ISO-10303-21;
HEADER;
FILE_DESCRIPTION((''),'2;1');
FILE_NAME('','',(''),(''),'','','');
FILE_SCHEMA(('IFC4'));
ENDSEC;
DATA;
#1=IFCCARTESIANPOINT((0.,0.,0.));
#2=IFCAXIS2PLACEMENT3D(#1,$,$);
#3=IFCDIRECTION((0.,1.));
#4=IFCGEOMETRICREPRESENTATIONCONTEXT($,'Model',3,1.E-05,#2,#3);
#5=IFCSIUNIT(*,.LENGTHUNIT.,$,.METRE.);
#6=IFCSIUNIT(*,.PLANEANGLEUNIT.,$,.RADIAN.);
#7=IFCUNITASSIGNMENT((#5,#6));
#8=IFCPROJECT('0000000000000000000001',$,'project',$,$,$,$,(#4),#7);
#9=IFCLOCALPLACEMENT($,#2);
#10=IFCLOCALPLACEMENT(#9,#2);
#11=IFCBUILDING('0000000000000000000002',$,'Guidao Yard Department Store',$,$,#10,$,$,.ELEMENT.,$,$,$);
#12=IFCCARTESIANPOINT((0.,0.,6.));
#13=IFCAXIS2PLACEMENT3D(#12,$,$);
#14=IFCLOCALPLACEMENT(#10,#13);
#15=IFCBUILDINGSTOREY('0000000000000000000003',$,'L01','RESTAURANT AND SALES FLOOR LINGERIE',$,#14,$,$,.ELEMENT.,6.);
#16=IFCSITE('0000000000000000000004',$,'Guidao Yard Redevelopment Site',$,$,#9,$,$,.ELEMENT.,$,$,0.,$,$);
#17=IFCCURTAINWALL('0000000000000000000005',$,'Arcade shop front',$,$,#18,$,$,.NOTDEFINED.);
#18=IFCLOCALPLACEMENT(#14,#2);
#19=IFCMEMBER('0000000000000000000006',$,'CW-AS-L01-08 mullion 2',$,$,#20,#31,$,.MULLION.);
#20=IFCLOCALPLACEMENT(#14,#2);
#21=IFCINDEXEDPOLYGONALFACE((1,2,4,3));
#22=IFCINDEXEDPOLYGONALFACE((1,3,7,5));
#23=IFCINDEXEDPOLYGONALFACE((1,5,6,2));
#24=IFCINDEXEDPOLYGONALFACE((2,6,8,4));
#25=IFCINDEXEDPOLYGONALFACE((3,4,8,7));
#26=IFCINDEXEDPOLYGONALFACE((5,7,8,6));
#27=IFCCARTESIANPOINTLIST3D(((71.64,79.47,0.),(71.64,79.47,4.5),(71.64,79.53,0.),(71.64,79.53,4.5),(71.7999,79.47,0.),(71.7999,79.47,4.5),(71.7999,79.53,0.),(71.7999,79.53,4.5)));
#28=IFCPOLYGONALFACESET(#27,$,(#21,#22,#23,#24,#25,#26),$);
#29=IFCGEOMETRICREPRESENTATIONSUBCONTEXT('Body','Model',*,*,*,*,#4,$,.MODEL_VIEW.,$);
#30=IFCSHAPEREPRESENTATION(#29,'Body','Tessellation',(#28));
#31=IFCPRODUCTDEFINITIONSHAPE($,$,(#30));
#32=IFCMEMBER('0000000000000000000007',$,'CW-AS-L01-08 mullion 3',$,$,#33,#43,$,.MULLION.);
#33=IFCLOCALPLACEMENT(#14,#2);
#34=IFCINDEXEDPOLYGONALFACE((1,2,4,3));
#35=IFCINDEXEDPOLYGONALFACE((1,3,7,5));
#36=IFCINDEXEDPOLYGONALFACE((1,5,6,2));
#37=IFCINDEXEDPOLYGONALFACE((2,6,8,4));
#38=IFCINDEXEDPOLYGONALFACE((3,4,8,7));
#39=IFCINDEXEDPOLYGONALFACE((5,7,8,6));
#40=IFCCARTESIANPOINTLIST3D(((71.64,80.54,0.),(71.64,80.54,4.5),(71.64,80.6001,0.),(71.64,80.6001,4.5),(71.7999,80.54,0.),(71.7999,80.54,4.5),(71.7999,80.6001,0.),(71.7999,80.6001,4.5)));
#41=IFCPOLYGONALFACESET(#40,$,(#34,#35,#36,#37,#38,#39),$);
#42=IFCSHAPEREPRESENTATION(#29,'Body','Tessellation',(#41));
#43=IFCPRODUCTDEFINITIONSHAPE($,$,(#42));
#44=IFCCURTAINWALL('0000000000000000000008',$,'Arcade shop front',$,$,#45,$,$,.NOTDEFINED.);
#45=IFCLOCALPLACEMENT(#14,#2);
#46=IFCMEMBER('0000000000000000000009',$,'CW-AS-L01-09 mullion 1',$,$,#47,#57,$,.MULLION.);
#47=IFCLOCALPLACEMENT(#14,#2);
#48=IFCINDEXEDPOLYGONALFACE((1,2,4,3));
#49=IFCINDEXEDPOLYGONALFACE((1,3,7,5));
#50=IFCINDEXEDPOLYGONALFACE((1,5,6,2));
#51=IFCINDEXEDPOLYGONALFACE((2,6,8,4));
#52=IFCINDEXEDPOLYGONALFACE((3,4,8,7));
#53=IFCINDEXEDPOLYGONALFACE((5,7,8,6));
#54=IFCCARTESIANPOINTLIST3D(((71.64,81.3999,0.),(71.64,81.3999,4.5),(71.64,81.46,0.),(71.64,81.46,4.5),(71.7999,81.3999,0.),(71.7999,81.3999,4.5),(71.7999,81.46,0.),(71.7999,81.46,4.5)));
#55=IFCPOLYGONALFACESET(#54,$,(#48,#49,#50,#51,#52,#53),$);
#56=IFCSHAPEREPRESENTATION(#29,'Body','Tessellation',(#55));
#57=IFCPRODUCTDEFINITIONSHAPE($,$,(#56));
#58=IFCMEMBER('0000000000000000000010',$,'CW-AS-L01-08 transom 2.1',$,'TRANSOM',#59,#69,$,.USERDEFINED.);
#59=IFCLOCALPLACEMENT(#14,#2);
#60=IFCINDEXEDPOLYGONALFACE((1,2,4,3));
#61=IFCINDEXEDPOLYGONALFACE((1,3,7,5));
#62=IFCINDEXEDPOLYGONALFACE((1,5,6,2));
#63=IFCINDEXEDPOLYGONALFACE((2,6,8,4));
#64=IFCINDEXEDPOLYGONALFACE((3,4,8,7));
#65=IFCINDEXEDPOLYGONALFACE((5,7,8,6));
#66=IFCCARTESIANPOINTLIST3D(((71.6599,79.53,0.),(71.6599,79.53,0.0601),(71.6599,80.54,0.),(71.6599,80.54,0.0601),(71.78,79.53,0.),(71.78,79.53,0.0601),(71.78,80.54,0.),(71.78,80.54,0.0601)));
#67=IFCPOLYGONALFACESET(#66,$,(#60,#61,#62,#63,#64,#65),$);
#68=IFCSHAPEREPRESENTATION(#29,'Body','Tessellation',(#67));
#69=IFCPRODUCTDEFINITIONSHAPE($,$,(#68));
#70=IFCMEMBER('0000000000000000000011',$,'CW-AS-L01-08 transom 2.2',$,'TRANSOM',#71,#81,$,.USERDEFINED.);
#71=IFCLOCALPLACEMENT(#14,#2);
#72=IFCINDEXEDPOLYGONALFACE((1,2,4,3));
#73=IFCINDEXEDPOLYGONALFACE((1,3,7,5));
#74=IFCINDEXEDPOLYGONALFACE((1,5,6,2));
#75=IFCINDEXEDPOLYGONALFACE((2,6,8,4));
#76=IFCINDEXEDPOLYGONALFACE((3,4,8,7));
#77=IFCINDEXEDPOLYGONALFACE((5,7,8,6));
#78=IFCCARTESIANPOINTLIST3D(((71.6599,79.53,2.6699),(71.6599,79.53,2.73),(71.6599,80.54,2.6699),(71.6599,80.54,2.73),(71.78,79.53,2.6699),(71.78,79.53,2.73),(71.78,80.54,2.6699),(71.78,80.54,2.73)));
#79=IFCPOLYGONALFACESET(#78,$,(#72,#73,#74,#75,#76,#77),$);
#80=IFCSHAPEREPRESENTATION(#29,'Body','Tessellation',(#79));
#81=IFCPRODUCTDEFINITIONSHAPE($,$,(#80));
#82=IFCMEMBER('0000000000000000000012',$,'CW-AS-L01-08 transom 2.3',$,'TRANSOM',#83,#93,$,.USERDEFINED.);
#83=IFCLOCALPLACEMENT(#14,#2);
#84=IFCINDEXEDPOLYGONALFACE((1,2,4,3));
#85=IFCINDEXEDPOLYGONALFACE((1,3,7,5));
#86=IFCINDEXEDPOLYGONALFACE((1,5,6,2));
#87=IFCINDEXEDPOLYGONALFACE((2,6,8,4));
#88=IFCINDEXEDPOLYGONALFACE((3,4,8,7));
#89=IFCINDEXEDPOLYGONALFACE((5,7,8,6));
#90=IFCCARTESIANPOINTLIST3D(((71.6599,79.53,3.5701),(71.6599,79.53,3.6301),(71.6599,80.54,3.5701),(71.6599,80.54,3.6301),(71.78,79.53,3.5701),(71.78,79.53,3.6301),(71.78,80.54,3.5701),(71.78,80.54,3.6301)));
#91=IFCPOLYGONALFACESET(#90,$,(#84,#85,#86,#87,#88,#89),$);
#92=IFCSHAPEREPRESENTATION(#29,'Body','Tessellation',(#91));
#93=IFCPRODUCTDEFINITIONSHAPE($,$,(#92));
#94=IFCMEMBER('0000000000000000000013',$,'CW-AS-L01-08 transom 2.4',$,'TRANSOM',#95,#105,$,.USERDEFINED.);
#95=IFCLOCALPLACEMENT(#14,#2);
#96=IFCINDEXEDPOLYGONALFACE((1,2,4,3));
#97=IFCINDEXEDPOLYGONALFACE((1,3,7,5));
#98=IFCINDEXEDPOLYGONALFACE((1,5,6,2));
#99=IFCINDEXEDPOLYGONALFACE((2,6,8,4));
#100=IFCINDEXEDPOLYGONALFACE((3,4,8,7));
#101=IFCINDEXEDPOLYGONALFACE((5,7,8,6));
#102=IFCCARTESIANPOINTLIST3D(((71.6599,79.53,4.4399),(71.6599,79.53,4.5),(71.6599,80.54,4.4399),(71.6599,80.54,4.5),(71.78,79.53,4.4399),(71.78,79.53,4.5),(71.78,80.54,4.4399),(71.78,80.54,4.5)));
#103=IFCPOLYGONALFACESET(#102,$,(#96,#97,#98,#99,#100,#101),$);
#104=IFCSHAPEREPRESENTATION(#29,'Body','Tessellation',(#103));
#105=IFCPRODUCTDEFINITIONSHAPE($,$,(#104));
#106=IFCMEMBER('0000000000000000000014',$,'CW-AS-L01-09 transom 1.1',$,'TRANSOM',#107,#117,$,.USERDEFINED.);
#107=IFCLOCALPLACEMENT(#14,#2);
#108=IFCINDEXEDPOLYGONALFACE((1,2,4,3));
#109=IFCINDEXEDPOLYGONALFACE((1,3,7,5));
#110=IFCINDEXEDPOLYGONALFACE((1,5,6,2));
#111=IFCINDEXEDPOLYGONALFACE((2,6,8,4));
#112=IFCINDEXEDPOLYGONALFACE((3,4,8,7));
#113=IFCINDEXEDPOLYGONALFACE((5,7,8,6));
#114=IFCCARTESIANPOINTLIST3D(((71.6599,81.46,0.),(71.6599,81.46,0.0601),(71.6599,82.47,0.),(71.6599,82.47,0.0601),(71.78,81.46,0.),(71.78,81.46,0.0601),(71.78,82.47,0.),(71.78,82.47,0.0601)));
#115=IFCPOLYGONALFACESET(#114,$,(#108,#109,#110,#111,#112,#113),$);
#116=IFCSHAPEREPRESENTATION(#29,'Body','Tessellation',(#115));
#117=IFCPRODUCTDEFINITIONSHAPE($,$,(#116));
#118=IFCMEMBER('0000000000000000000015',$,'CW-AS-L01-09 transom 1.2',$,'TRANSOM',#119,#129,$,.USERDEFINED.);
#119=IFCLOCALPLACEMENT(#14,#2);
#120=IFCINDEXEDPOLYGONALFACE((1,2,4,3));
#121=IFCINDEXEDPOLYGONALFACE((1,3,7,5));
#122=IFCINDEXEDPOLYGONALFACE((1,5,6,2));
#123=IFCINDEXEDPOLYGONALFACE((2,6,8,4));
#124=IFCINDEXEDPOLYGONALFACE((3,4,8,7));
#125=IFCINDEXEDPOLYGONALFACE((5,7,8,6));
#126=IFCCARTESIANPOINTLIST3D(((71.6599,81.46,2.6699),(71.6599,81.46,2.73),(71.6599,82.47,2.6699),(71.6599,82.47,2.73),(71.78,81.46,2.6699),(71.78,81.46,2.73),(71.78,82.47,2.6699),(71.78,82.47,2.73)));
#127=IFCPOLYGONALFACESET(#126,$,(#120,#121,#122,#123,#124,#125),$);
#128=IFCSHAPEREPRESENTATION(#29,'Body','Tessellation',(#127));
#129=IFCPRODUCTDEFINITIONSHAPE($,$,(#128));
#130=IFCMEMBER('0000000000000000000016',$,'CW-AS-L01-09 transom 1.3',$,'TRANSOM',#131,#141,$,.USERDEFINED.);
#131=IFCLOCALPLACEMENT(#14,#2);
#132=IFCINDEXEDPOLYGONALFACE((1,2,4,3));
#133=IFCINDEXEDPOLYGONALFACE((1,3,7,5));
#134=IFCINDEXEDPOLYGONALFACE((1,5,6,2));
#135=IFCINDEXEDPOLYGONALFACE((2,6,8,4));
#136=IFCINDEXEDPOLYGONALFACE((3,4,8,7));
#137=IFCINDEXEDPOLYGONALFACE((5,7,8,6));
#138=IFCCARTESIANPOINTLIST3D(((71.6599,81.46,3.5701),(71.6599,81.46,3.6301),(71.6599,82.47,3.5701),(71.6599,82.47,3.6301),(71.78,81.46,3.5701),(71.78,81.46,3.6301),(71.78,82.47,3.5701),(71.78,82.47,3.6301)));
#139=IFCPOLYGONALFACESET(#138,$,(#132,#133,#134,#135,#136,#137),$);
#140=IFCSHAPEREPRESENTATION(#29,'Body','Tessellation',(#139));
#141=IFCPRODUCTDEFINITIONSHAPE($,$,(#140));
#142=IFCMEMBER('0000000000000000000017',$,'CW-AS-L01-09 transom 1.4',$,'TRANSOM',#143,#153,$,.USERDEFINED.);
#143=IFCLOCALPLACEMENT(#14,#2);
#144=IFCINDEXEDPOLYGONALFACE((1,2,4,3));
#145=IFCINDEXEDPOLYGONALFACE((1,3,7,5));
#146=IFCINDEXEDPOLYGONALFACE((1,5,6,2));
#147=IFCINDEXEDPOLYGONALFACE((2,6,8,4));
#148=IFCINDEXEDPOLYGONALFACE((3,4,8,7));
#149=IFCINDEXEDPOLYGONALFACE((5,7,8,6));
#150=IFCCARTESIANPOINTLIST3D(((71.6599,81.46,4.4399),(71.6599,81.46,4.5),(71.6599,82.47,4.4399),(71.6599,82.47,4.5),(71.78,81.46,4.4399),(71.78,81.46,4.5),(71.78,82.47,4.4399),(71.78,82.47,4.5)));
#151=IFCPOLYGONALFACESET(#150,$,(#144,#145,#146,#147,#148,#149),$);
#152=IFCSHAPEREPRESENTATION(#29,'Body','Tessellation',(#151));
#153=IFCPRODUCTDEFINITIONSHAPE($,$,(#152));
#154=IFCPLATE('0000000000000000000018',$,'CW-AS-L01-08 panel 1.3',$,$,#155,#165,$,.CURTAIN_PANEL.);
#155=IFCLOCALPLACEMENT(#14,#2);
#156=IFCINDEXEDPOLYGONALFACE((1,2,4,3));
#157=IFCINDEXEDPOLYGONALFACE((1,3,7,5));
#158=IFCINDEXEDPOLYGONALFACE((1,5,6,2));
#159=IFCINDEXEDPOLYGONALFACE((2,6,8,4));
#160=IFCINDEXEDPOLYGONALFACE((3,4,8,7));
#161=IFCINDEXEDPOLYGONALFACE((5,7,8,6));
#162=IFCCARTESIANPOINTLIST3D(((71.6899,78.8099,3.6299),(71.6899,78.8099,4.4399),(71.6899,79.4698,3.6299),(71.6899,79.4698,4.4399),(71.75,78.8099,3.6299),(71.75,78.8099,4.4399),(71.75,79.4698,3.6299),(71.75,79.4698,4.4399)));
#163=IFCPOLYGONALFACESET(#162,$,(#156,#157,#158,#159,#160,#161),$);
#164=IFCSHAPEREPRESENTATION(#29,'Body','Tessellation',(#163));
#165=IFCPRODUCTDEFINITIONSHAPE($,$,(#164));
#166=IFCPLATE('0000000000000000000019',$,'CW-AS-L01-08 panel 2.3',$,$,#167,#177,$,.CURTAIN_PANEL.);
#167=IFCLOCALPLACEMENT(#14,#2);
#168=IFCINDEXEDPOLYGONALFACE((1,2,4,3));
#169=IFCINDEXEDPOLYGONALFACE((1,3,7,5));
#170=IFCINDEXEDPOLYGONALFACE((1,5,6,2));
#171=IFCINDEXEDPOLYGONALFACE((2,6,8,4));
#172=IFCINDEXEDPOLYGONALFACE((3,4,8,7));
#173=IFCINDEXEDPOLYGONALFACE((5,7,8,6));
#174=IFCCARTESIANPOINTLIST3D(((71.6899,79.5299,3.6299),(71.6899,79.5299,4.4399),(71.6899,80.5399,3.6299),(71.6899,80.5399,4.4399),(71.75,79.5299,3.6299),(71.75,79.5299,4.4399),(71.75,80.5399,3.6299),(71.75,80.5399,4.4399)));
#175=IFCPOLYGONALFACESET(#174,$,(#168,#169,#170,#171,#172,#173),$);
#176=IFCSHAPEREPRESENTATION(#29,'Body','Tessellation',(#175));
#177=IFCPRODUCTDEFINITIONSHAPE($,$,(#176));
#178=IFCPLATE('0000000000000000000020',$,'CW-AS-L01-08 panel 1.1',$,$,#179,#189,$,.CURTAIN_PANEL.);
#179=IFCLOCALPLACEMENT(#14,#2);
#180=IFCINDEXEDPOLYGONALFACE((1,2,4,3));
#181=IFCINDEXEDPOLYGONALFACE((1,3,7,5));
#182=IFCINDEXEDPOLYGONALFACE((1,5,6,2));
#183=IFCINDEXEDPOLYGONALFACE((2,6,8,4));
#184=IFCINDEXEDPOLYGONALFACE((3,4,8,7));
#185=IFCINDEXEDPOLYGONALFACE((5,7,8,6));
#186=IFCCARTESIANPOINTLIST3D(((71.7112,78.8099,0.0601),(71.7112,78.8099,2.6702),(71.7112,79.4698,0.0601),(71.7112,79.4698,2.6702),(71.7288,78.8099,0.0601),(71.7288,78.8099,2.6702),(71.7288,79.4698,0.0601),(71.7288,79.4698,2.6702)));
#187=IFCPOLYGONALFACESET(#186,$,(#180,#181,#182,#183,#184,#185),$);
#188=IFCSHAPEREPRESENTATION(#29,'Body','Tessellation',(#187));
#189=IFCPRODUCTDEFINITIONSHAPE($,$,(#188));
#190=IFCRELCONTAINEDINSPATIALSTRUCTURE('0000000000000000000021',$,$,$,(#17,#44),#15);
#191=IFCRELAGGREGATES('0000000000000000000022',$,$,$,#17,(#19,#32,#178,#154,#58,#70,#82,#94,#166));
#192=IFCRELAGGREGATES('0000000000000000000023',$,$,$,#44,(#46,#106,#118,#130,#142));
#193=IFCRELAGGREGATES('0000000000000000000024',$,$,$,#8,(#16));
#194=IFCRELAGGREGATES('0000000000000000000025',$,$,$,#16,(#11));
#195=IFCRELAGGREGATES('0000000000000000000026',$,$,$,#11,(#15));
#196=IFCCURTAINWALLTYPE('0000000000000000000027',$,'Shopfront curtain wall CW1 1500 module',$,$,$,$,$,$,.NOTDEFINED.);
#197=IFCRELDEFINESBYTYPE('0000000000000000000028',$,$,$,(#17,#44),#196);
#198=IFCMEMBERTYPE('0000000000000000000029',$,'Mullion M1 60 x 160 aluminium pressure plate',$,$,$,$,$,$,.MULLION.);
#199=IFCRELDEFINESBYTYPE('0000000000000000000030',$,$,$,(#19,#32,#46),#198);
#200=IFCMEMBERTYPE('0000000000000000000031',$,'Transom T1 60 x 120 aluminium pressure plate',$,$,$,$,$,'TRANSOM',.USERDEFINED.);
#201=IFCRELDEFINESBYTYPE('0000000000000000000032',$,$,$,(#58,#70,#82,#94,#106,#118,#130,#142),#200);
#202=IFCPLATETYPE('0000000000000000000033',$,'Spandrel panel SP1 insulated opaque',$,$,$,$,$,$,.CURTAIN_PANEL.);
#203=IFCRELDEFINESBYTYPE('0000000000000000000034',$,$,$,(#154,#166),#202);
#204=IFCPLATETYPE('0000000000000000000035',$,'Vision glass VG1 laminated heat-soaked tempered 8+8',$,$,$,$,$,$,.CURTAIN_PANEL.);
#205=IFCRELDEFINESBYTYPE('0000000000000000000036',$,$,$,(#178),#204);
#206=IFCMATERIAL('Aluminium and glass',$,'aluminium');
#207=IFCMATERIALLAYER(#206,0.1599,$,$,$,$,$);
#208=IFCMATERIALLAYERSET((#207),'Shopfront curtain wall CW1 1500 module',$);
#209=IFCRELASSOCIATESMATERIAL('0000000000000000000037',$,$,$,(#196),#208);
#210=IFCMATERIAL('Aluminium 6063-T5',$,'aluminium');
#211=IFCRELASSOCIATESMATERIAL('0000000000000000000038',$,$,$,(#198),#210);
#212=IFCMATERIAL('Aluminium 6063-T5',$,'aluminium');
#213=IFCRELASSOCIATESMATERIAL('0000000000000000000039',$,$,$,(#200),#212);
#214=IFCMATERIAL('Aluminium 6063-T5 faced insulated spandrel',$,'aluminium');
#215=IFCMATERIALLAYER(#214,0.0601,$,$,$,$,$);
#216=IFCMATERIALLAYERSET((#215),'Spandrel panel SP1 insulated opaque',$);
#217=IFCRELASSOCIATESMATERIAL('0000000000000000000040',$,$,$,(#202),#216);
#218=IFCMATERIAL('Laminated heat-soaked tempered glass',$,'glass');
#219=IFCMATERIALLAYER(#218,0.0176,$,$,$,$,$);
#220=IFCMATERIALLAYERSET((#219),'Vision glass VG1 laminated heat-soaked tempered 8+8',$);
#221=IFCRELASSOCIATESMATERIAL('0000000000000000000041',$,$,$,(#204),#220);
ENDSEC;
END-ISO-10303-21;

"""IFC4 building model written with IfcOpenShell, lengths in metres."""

from ifc_helpers import new_model, si_unit, direction, frame, origin, origin_2d, place, context, subcontext, project, spatial, rectangle, extrude, material, layer, layer_set, material_profile, profile_set, type_object, element, aggregate, save


model = new_model("IFC4")

# Units and contexts
model_context = context("Model", 3, precision=1e-05, world=origin(), true_north=direction((0.0, 1.0)))
body_context = subcontext(model_context, "Body", "Model", "MODEL_VIEW")
ifc_project = project(units=[si_unit("LENGTHUNIT", "METRE"), si_unit("PLANEANGLEUNIT", "RADIAN")], contexts=[model_context])

# Site, building, storey
site_placement = place(None, origin())
site = spatial("IfcSite", under=ifc_project, at=site_placement, Name="Guidao Yard Redevelopment Site", CompositionType="ELEMENT", RefElevation=0.0)
building_placement = place(site_placement, origin())
building = spatial("IfcBuilding", under=site, at=building_placement, Name="Guidao Yard Department Store", CompositionType="ELEMENT")
storey_placement = place(building_placement, frame((0.0, 0.0, 6.0)))
storey = spatial("IfcBuildingStorey", under=building, at=storey_placement, Name="L01", Description="RESTAURANT AND SALES FLOOR LINGERIE", CompositionType="ELEMENT", Elevation=6.0)

# Curtain wall, members
ifc_material_1 = material(Name="Aluminium and glass", Category="aluminium")
ifc_layer_1 = layer(ifc_material_1, 0.1599)
ifc_layer_set_1 = layer_set([ifc_layer_1], Name="Shopfront curtain wall CW1 1500 module")
curtain_wall_type = type_object("IfcCurtainWallType", Name="Shopfront curtain wall CW1 1500 module", PredefinedType="NOTDEFINED", material=ifc_layer_set_1)
curtain_wall_1_placement = place(storey_placement, origin())
curtain_wall_1 = element("IfcCurtainWall", 1, at=curtain_wall_1_placement, inside=storey, type_object=curtain_wall_type, Name="Arcade shop front", PredefinedType="NOTDEFINED")
ifc_material_2 = material(Name="Aluminium 6063-T5", Category="aluminium")
ifc_material_profile_1 = material_profile(ifc_material_2, rectangle(XDim=0.0601, YDim=0.1599, at=origin_2d()), Name="Mullion M1 60 x 160 aluminium pressure plate")
ifc_profile_set_1 = profile_set([ifc_material_profile_1], Name="Aluminium 6063-T5")
member_type_1 = type_object("IfcMemberType", Name="Mullion M1 60 x 160 aluminium pressure plate", PredefinedType="MULLION", material=ifc_profile_set_1)
member_1_placement = place(storey_placement, frame((71.72, 79.5, 0.0), z_axis=(0.0, 0.0, 1.0), x_axis=(0.0, 1.0, 0.0)))
member_1 = element("IfcMember", 2, at=member_1_placement, type_object=member_type_1, Name="CW-AS-L01-08 mullion 2", PredefinedType="MULLION", context=body_context, shape_type="SweptSolid", body=[
    extrude(rectangle(XDim=0.0601, YDim=0.1599, at=origin_2d()), origin(), (0.0, 0.0, 1.0), 4.5),
])
member_2_placement = place(storey_placement, frame((71.72, 80.5701, 0.0), z_axis=(0.0, 0.0, 1.0), x_axis=(0.0, 1.0, 0.0)))
member_2 = element("IfcMember", 3, at=member_2_placement, type_object=member_type_1, Name="CW-AS-L01-08 mullion 3", PredefinedType="MULLION", context=body_context, shape_type="SweptSolid", body=[
    extrude(rectangle(XDim=0.0601, YDim=0.1599, at=origin_2d()), origin(), (0.0, 0.0, 1.0), 4.5),
])

# Curtain wall, member
curtain_wall_2_placement = place(storey_placement, origin())
curtain_wall_2 = element("IfcCurtainWall", 4, at=curtain_wall_2_placement, inside=storey, type_object=curtain_wall_type, Name="Arcade shop front", PredefinedType="NOTDEFINED")
member_3_placement = place(storey_placement, frame((71.72, 81.4299, 0.0), z_axis=(0.0, 0.0, 1.0), x_axis=(0.0, 1.0, 0.0)))
member_3 = element("IfcMember", 5, at=member_3_placement, type_object=member_type_1, Name="CW-AS-L01-09 mullion 1", PredefinedType="MULLION", context=body_context, shape_type="SweptSolid", body=[
    extrude(rectangle(XDim=0.0601, YDim=0.1599, at=origin_2d()), origin(), (0.0, 0.0, 1.0), 4.5),
])

# Members
ifc_material_3 = material(Name="Aluminium 6063-T5", Category="aluminium")
ifc_material_profile_2 = material_profile(ifc_material_3, rectangle(XDim=0.1201, YDim=0.0601, at=origin_2d()), Name="Transom T1 60 x 120 aluminium pressure plate")
ifc_profile_set_2 = profile_set([ifc_material_profile_2], Name="Aluminium 6063-T5")
member_type_2 = type_object("IfcMemberType", Name="Transom T1 60 x 120 aluminium pressure plate", ElementType="TRANSOM", PredefinedType="USERDEFINED", material=ifc_profile_set_2)
member_4_placement = place(storey_placement, frame((71.72, 79.53, 0.03), z_axis=(0.0, 1.0, 0.0), x_axis=(-1.0, 0.0, 0.0)))
member_4 = element("IfcMember", 6, at=member_4_placement, type_object=member_type_2, Name="CW-AS-L01-08 transom 2.1", ObjectType="TRANSOM", PredefinedType="USERDEFINED", context=body_context, shape_type="SweptSolid", body=[
    extrude(rectangle(XDim=0.1201, YDim=0.0601, at=origin_2d()), origin(), (0.0, 0.0, 1.0), 1.01),
])
member_5_placement = place(storey_placement, frame((71.72, 79.53, 2.7), z_axis=(0.0, 1.0, 0.0), x_axis=(-1.0, 0.0, 0.0)))
member_5 = element("IfcMember", 7, at=member_5_placement, type_object=member_type_2, Name="CW-AS-L01-08 transom 2.2", ObjectType="TRANSOM", PredefinedType="USERDEFINED", context=body_context, shape_type="SweptSolid", body=[
    extrude(rectangle(XDim=0.1201, YDim=0.0601, at=origin_2d()), origin(), (0.0, 0.0, 1.0), 1.01),
])
member_6_placement = place(storey_placement, frame((71.72, 79.53, 3.6001), z_axis=(0.0, 1.0, 0.0), x_axis=(-1.0, 0.0, 0.0)))
member_6 = element("IfcMember", 8, at=member_6_placement, type_object=member_type_2, Name="CW-AS-L01-08 transom 2.3", ObjectType="TRANSOM", PredefinedType="USERDEFINED", context=body_context, shape_type="SweptSolid", body=[
    extrude(rectangle(XDim=0.1201, YDim=0.0601, at=origin_2d()), origin(), (0.0, 0.0, 1.0), 1.01),
])
member_7_placement = place(storey_placement, frame((71.72, 79.53, 4.47), z_axis=(0.0, 1.0, 0.0), x_axis=(-1.0, 0.0, 0.0)))
member_7 = element("IfcMember", 9, at=member_7_placement, type_object=member_type_2, Name="CW-AS-L01-08 transom 2.4", ObjectType="TRANSOM", PredefinedType="USERDEFINED", context=body_context, shape_type="SweptSolid", body=[
    extrude(rectangle(XDim=0.1201, YDim=0.0601, at=origin_2d()), origin(), (0.0, 0.0, 1.0), 1.01),
])
member_8_placement = place(storey_placement, frame((71.72, 81.46, 0.03), z_axis=(0.0, 1.0, 0.0), x_axis=(-1.0, 0.0, 0.0)))
member_8 = element("IfcMember", 10, at=member_8_placement, type_object=member_type_2, Name="CW-AS-L01-09 transom 1.1", ObjectType="TRANSOM", PredefinedType="USERDEFINED", context=body_context, shape_type="SweptSolid", body=[
    extrude(rectangle(XDim=0.1201, YDim=0.0601, at=origin_2d()), origin(), (0.0, 0.0, 1.0), 1.01),
])
member_9_placement = place(storey_placement, frame((71.72, 81.46, 2.7), z_axis=(0.0, 1.0, 0.0), x_axis=(-1.0, 0.0, 0.0)))
member_9 = element("IfcMember", 11, at=member_9_placement, type_object=member_type_2, Name="CW-AS-L01-09 transom 1.2", ObjectType="TRANSOM", PredefinedType="USERDEFINED", context=body_context, shape_type="SweptSolid", body=[
    extrude(rectangle(XDim=0.1201, YDim=0.0601, at=origin_2d()), origin(), (0.0, 0.0, 1.0), 1.01),
])
member_10_placement = place(storey_placement, frame((71.72, 81.46, 3.6001), z_axis=(0.0, 1.0, 0.0), x_axis=(-1.0, 0.0, 0.0)))
member_10 = element("IfcMember", 12, at=member_10_placement, type_object=member_type_2, Name="CW-AS-L01-09 transom 1.3", ObjectType="TRANSOM", PredefinedType="USERDEFINED", context=body_context, shape_type="SweptSolid", body=[
    extrude(rectangle(XDim=0.1201, YDim=0.0601, at=origin_2d()), origin(), (0.0, 0.0, 1.0), 1.01),
])
member_11_placement = place(storey_placement, frame((71.72, 81.46, 4.47), z_axis=(0.0, 1.0, 0.0), x_axis=(-1.0, 0.0, 0.0)))
member_11 = element("IfcMember", 13, at=member_11_placement, type_object=member_type_2, Name="CW-AS-L01-09 transom 1.4", ObjectType="TRANSOM", PredefinedType="USERDEFINED", context=body_context, shape_type="SweptSolid", body=[
    extrude(rectangle(XDim=0.1201, YDim=0.0601, at=origin_2d()), origin(), (0.0, 0.0, 1.0), 1.01),
])

# Plates
ifc_material_4 = material(Name="Aluminium 6063-T5 faced insulated spandrel", Category="aluminium")
ifc_layer_2 = layer(ifc_material_4, 0.0601)
ifc_layer_set_2 = layer_set([ifc_layer_2], Name="Spandrel panel SP1 insulated opaque")
plate_type_1 = type_object("IfcPlateType", Name="Spandrel panel SP1 insulated opaque", PredefinedType="CURTAIN_PANEL", material=ifc_layer_set_2)
plate_1_placement = place(storey_placement, frame((71.72, 79.1399, 3.6299), z_axis=(0.0, 0.0, 1.0), x_axis=(0.0, 1.0, 0.0)))
plate_1 = element("IfcPlate", 14, at=plate_1_placement, type_object=plate_type_1, Name="CW-AS-L01-08 panel 1.3", PredefinedType="CURTAIN_PANEL", context=body_context, shape_type="SweptSolid", body=[
    extrude(rectangle(XDim=0.6599, YDim=0.0601, at=origin_2d()), origin(), (0.0, 0.0, 1.0), 0.8101),
])
plate_2_placement = place(storey_placement, frame((71.72, 80.0349, 3.6299), z_axis=(0.0, 0.0, 1.0), x_axis=(0.0, 1.0, 0.0)))
plate_2 = element("IfcPlate", 15, at=plate_2_placement, type_object=plate_type_1, Name="CW-AS-L01-08 panel 2.3", PredefinedType="CURTAIN_PANEL", context=body_context, shape_type="SweptSolid", body=[
    extrude(rectangle(XDim=1.01, YDim=0.0601, at=origin_2d()), origin(), (0.0, 0.0, 1.0), 0.8101),
])
ifc_material_5 = material(Name="Laminated heat-soaked tempered glass", Category="glass")
ifc_layer_3 = layer(ifc_material_5, 0.0176)
ifc_layer_set_3 = layer_set([ifc_layer_3], Name="Vision glass VG1 laminated heat-soaked tempered 8+8")
plate_type_2 = type_object("IfcPlateType", Name="Vision glass VG1 laminated heat-soaked tempered 8+8", PredefinedType="CURTAIN_PANEL", material=ifc_layer_set_3)
plate_3_placement = place(storey_placement, frame((71.72, 79.1399, 0.0601), z_axis=(0.0, 0.0, 1.0), x_axis=(0.0, 1.0, 0.0)))
plate_3 = element("IfcPlate", 16, at=plate_3_placement, type_object=plate_type_2, Name="CW-AS-L01-08 panel 1.1", PredefinedType="CURTAIN_PANEL", context=body_context, shape_type="SweptSolid", body=[
    extrude(rectangle(XDim=0.6599, YDim=0.0176, at=origin_2d()), origin(), (0.0, 0.0, 1.0), 2.6101),
])
aggregate(curtain_wall_1, [member_1, member_2, plate_3, plate_1, member_4, member_5, member_6, member_7, plate_2])
aggregate(curtain_wall_2, [member_3, member_8, member_9, member_10, member_11])

save(model, "model.ifc")
